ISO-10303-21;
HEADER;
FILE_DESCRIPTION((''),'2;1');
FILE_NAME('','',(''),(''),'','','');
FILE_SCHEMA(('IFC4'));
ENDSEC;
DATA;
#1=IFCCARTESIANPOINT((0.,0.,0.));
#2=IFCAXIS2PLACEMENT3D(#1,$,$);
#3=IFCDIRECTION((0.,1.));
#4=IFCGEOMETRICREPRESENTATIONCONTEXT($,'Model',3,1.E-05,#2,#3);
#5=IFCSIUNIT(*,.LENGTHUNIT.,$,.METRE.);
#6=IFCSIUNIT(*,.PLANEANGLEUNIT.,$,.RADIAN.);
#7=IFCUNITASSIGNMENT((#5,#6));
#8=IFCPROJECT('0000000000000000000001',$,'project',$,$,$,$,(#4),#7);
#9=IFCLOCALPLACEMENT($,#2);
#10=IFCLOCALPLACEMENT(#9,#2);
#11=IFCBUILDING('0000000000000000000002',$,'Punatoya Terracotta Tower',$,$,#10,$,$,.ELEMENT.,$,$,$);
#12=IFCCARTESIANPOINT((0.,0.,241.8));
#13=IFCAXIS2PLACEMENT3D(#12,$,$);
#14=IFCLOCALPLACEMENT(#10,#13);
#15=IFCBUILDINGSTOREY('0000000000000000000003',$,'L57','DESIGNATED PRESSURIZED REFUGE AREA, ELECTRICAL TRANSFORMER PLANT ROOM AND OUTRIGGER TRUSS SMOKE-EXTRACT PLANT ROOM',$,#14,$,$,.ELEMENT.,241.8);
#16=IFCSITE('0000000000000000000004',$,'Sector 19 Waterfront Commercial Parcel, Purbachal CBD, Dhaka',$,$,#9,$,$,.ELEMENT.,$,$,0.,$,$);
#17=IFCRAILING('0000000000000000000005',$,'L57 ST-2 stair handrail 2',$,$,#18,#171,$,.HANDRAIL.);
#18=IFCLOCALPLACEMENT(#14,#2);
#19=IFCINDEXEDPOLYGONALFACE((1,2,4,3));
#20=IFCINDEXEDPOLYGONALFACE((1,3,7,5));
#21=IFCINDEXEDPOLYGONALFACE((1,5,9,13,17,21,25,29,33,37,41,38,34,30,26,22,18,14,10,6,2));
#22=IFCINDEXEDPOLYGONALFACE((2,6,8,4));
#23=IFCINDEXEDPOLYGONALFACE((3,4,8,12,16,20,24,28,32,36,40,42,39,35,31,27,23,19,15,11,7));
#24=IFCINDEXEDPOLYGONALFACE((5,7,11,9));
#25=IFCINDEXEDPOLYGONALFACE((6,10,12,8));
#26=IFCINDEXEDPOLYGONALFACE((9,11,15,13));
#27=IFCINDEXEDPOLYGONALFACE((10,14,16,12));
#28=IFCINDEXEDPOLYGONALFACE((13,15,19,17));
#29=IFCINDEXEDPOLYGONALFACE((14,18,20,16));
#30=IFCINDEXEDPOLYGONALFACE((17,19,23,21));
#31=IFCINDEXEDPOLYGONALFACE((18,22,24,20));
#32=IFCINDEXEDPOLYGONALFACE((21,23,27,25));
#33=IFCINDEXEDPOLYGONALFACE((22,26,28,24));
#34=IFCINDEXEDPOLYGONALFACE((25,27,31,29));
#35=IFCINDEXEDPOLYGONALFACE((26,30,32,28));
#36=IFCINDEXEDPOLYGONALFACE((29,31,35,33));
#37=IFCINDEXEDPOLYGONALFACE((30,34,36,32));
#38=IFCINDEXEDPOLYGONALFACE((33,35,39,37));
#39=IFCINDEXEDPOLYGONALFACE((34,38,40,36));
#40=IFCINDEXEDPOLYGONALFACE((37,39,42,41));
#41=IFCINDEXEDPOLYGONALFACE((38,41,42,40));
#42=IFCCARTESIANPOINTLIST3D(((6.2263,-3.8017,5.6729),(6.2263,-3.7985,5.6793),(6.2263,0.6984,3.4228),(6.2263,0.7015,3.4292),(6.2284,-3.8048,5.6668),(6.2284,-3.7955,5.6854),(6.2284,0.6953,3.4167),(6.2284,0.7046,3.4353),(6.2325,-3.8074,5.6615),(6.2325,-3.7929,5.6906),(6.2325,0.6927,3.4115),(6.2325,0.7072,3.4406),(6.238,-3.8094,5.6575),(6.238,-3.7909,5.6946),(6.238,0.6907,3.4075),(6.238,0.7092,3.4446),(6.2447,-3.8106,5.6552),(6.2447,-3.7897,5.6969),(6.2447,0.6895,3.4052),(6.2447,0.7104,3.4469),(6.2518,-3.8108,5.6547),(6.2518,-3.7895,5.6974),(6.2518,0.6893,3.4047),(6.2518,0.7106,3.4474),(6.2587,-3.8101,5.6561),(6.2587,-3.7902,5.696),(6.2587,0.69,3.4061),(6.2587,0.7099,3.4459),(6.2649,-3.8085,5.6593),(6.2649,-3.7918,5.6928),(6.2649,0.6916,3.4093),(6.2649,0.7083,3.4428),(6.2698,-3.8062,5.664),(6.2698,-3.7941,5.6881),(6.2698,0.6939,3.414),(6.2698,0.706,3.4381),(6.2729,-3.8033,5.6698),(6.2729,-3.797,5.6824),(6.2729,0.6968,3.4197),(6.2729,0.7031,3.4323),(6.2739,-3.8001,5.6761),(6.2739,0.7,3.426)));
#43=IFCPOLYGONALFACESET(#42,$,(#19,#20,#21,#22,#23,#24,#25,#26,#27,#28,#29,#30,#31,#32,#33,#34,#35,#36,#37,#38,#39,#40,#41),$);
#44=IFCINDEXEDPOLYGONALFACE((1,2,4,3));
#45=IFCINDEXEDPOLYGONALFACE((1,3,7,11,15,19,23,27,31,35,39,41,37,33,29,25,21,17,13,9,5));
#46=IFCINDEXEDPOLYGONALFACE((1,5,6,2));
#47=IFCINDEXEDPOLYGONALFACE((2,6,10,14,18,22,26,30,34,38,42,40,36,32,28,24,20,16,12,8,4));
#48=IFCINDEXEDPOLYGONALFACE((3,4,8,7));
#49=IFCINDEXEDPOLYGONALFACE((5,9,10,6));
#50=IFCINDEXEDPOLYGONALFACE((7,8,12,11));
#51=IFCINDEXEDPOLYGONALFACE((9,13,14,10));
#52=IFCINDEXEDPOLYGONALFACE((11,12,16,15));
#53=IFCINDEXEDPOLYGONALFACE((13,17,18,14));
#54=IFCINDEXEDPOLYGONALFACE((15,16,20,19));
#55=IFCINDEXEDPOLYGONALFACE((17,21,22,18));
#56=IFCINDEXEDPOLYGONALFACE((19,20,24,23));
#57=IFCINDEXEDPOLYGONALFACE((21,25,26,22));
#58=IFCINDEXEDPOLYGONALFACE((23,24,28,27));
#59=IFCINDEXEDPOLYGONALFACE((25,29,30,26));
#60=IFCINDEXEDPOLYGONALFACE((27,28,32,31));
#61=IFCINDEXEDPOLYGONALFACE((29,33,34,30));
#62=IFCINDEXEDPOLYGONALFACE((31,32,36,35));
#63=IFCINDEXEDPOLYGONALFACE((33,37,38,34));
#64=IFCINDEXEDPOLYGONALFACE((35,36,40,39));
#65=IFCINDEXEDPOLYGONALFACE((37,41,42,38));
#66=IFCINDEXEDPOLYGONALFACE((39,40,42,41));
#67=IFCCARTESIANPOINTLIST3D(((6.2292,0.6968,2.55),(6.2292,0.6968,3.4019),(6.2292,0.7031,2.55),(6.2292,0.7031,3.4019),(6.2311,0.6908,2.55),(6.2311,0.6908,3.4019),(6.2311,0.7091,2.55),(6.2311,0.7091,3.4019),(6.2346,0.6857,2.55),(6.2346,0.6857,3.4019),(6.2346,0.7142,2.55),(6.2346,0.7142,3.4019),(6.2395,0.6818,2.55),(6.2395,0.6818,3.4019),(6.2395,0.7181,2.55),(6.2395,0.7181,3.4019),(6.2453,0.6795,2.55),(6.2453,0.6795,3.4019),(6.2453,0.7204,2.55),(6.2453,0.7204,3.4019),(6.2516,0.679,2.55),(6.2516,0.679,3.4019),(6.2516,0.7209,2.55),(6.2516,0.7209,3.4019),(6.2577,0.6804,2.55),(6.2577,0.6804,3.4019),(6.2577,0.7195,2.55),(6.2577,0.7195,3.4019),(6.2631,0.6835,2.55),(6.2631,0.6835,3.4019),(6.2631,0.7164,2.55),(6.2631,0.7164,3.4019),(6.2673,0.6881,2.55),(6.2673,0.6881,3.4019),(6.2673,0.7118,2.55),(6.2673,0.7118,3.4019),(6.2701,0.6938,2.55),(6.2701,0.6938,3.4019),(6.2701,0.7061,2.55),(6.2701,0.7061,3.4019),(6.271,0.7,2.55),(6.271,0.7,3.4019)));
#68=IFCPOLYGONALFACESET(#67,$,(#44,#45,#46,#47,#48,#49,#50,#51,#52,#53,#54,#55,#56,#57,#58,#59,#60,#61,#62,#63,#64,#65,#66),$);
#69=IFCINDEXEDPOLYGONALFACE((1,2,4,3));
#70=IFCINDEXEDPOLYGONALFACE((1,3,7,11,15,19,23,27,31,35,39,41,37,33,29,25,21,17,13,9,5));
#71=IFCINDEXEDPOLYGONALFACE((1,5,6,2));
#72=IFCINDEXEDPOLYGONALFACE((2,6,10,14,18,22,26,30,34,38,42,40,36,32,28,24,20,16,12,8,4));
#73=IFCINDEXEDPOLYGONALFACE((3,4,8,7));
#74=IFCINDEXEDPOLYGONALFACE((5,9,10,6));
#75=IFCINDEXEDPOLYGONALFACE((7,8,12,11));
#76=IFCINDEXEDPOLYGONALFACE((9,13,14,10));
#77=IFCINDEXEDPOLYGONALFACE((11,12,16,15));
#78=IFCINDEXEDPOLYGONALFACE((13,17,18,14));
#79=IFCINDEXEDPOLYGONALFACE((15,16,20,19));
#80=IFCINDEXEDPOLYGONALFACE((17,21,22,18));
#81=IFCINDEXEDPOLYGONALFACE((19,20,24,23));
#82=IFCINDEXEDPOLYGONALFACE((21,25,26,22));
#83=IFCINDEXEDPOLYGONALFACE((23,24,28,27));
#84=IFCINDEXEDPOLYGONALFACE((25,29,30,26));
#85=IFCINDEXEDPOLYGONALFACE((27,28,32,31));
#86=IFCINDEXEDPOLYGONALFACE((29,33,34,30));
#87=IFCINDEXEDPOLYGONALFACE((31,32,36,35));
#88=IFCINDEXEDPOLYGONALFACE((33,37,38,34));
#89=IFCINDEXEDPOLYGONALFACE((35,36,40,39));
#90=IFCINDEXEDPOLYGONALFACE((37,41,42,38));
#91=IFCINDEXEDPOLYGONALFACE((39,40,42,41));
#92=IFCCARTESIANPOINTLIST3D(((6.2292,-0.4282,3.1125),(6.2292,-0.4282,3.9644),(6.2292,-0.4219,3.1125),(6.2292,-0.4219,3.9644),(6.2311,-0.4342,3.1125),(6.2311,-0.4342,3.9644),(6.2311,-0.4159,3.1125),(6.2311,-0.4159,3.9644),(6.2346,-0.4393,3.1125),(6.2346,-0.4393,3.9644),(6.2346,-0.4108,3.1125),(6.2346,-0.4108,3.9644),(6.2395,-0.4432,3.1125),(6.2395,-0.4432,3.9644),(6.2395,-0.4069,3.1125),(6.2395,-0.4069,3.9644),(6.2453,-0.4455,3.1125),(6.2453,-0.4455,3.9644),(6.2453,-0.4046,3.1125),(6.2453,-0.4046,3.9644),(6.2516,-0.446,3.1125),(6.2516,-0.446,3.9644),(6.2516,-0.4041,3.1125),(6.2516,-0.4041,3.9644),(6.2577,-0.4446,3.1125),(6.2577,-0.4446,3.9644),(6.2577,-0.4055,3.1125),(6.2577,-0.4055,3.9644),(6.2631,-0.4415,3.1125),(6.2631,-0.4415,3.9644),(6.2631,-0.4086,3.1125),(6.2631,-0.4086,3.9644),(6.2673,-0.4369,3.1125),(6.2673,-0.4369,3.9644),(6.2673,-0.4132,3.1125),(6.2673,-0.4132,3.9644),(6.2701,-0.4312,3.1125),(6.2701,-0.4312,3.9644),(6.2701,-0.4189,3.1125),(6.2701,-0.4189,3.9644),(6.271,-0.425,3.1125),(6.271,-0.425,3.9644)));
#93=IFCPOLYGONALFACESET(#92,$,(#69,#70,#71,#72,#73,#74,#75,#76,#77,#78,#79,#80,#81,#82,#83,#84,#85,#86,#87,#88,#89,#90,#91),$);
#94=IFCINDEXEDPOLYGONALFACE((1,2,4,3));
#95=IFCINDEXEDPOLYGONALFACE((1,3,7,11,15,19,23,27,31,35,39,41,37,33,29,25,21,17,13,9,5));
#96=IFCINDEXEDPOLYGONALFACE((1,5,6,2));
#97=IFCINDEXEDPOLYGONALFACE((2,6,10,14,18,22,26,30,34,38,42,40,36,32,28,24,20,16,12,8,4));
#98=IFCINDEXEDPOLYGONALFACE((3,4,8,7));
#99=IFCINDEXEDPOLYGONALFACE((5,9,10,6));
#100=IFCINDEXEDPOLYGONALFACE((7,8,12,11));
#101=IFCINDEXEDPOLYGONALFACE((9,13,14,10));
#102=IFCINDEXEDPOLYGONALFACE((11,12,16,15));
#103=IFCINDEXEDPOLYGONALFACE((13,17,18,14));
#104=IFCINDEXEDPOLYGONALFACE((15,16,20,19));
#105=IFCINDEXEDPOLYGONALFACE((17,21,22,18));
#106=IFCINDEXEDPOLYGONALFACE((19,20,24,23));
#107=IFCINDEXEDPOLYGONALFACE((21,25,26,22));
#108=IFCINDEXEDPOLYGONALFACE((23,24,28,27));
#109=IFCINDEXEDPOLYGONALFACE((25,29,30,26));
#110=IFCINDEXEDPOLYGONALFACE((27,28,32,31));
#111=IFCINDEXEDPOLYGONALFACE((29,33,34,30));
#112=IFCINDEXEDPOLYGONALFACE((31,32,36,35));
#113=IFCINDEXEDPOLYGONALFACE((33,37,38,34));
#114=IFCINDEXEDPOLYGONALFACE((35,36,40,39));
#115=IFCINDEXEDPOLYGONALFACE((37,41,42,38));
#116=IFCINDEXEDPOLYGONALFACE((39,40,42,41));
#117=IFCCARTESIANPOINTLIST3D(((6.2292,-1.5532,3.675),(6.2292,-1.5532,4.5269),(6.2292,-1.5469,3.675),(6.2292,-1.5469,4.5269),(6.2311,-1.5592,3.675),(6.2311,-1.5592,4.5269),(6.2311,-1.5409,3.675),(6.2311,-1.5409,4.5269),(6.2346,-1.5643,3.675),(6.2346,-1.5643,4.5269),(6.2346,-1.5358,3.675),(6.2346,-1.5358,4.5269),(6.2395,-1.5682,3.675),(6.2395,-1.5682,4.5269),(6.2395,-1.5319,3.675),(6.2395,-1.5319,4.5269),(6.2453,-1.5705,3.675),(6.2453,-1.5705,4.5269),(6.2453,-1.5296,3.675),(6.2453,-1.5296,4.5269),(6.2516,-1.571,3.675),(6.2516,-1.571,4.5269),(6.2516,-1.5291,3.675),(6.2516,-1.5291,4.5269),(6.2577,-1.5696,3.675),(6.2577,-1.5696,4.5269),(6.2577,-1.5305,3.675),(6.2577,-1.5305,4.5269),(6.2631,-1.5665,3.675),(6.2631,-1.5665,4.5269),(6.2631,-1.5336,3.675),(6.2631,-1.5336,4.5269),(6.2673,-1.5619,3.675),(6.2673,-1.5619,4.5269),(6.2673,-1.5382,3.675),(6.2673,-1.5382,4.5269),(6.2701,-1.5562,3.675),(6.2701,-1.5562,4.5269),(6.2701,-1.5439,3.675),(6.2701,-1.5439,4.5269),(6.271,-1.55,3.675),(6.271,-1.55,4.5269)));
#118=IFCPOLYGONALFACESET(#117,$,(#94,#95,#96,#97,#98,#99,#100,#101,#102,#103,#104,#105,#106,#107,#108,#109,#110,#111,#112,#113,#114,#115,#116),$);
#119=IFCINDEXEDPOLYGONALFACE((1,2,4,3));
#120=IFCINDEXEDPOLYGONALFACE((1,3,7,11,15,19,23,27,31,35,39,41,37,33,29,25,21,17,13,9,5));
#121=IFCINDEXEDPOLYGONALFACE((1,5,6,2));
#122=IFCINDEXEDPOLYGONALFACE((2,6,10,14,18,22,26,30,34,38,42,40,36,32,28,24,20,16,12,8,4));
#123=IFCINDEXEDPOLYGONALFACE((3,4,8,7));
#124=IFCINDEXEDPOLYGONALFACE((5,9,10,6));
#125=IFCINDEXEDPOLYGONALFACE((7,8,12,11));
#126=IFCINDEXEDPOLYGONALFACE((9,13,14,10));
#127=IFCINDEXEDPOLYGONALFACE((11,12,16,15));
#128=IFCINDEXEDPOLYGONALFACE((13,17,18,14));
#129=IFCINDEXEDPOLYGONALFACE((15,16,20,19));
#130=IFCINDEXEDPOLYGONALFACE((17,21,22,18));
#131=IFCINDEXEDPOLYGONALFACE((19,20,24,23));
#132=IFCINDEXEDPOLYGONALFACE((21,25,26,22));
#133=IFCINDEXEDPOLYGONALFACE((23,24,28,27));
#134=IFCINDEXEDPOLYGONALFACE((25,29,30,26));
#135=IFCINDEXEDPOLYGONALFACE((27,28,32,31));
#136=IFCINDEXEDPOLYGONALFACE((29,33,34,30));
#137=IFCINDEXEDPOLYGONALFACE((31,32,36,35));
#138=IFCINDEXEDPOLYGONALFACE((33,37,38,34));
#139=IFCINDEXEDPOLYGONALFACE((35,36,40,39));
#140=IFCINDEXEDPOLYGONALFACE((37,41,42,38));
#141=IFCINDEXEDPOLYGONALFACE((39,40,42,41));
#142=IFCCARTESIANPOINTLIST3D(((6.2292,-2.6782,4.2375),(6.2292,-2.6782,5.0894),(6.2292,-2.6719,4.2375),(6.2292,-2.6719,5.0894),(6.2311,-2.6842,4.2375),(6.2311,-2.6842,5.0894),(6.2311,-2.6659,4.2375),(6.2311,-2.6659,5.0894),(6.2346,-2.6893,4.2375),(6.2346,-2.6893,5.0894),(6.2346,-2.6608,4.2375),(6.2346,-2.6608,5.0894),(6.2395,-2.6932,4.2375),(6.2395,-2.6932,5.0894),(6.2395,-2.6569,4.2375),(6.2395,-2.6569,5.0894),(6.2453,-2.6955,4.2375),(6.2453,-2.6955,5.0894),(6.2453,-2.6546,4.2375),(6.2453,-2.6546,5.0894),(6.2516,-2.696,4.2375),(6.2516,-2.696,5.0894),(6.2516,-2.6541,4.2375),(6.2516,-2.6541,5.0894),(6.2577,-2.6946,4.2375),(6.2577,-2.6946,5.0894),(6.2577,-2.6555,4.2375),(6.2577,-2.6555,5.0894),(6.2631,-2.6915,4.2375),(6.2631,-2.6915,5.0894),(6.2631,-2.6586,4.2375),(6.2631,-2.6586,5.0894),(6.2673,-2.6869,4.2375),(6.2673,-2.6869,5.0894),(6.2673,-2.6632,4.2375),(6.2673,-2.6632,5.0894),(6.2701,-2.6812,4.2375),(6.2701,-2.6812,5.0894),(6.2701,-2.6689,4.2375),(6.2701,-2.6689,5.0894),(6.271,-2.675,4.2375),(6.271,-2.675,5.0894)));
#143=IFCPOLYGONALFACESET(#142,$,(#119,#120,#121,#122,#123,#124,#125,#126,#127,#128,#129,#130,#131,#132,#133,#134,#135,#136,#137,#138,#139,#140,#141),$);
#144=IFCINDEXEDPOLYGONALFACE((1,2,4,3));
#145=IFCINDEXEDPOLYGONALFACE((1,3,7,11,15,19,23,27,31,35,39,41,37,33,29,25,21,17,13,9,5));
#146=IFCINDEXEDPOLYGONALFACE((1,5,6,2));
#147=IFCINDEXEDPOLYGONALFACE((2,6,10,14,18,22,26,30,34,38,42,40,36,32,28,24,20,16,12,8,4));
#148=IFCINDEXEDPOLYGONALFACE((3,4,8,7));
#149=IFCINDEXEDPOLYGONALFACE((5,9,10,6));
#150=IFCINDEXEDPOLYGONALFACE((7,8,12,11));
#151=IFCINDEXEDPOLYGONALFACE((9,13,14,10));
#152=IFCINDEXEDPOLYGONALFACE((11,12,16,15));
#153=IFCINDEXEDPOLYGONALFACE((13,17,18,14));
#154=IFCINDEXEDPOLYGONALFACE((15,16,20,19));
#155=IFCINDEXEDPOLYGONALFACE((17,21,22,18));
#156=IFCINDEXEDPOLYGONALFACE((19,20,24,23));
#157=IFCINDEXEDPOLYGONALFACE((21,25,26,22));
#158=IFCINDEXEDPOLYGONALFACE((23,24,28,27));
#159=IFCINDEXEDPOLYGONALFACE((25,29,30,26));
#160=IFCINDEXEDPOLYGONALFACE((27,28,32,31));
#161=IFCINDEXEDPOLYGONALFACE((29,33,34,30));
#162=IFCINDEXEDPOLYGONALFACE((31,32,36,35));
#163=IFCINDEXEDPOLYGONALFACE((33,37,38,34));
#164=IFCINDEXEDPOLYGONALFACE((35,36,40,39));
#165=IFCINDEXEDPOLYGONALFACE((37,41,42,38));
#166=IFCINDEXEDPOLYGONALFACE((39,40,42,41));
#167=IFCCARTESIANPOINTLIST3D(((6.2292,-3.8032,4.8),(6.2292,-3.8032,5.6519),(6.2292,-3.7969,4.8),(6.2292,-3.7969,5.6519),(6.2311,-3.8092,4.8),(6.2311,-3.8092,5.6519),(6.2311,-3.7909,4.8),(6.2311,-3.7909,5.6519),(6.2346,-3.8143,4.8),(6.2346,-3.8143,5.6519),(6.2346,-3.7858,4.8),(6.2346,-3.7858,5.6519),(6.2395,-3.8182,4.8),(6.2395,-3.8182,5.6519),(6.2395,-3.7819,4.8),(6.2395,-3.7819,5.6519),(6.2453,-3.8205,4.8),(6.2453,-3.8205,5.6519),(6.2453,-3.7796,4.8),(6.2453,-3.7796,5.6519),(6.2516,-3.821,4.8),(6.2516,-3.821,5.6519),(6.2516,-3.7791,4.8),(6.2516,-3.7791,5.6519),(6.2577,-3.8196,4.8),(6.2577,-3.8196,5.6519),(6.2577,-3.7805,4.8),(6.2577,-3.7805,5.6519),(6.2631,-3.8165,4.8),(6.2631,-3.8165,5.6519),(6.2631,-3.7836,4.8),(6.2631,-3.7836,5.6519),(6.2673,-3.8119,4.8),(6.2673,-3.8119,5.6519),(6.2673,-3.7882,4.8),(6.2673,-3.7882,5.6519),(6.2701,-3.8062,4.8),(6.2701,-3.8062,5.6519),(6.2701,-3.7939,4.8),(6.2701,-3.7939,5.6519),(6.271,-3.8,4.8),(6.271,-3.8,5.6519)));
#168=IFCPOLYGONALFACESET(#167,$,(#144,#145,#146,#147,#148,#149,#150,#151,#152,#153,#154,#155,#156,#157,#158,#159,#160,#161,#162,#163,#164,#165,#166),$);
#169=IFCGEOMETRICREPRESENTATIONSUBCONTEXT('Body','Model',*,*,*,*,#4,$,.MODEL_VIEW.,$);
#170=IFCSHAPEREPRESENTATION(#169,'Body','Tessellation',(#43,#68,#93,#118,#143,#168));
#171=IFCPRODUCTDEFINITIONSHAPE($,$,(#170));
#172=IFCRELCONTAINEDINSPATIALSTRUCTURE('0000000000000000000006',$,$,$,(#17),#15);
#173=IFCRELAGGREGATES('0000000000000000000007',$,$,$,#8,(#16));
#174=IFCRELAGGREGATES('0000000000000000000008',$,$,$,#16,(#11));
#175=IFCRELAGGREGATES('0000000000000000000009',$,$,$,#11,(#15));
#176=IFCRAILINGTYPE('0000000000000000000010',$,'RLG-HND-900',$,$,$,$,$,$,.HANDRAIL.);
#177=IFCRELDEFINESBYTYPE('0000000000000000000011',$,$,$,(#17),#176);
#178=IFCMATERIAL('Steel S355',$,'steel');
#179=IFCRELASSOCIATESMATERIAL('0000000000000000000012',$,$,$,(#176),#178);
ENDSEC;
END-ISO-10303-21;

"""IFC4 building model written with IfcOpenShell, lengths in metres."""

from ifc_helpers import new_model, si_unit, direction, frame, origin, origin_2d, place, context, subcontext, project, spatial, circle, extrude, material, type_object, element, save


model = new_model("IFC4")

# Units and contexts
model_context = context("Model", 3, precision=1e-05, world=origin(), true_north=direction((0.0, 1.0)))
body_context = subcontext(model_context, "Body", "Model", "MODEL_VIEW")
ifc_project = project(units=[si_unit("LENGTHUNIT", "METRE"), si_unit("PLANEANGLEUNIT", "RADIAN")], contexts=[model_context])

# Site, building, storey
site_placement = place(None, origin())
site = spatial("IfcSite", under=ifc_project, at=site_placement, Name="Sector 19 Waterfront Commercial Parcel, Purbachal CBD, Dhaka", CompositionType="ELEMENT", RefElevation=0.0)
building_placement = place(site_placement, origin())
building = spatial("IfcBuilding", under=site, at=building_placement, Name="Punatoya Terracotta Tower", CompositionType="ELEMENT")
storey_placement = place(building_placement, frame((0.0, 0.0, 241.8)))
storey = spatial("IfcBuildingStorey", under=building, at=storey_placement, Name="L57", Description="DESIGNATED PRESSURIZED REFUGE AREA, ELECTRICAL TRANSFORMER PLANT ROOM AND OUTRIGGER TRUSS SMOKE-EXTRACT PLANT ROOM", CompositionType="ELEMENT", Elevation=241.8)

# Shared definitions
ifc_material_1 = material(Name="Steel S355", Category="steel")

# Railing
railing_type_1 = type_object("IfcRailingType", Name="RLG-HND-900", PredefinedType="HANDRAIL", material=ifc_material_1)
railing_1_placement = place(storey_placement, frame((6.25, 0.7, 2.55)))
element("IfcRailing", 1, at=railing_1_placement, inside=storey, type_object=railing_type_1, Name="L57 ST-2 stair handrail 2", PredefinedType="HANDRAIL", context=body_context, shape_type="SweptSolid", body=[
    extrude(circle(Radius=0.0239, at=origin_2d()), frame((0.0, 0.0, 0.876), z_axis=(0.0, -0.894427, 0.447214), x_axis=(1.0, 0.0, 0.0)), (0.0, 0.0, 1.0), 5.0312),
    extrude(circle(Radius=0.021, at=origin_2d()), origin(), (0.0, 0.0, 1.0), 0.8518),
    extrude(circle(Radius=0.021, at=origin_2d()), frame((0.0, -1.125, 0.5625)), (0.0, 0.0, 1.0), 0.8518),
    extrude(circle(Radius=0.021, at=origin_2d()), frame((0.0, -2.25, 1.125)), (0.0, 0.0, 1.0), 0.8518),
    extrude(circle(Radius=0.021, at=origin_2d()), frame((0.0, -3.375, 1.6875)), (0.0, 0.0, 1.0), 0.8518),
    extrude(circle(Radius=0.021, at=origin_2d()), frame((0.0, -4.5, 2.25)), (0.0, 0.0, 1.0), 0.8518),
])

save(model, "model.ifc")
